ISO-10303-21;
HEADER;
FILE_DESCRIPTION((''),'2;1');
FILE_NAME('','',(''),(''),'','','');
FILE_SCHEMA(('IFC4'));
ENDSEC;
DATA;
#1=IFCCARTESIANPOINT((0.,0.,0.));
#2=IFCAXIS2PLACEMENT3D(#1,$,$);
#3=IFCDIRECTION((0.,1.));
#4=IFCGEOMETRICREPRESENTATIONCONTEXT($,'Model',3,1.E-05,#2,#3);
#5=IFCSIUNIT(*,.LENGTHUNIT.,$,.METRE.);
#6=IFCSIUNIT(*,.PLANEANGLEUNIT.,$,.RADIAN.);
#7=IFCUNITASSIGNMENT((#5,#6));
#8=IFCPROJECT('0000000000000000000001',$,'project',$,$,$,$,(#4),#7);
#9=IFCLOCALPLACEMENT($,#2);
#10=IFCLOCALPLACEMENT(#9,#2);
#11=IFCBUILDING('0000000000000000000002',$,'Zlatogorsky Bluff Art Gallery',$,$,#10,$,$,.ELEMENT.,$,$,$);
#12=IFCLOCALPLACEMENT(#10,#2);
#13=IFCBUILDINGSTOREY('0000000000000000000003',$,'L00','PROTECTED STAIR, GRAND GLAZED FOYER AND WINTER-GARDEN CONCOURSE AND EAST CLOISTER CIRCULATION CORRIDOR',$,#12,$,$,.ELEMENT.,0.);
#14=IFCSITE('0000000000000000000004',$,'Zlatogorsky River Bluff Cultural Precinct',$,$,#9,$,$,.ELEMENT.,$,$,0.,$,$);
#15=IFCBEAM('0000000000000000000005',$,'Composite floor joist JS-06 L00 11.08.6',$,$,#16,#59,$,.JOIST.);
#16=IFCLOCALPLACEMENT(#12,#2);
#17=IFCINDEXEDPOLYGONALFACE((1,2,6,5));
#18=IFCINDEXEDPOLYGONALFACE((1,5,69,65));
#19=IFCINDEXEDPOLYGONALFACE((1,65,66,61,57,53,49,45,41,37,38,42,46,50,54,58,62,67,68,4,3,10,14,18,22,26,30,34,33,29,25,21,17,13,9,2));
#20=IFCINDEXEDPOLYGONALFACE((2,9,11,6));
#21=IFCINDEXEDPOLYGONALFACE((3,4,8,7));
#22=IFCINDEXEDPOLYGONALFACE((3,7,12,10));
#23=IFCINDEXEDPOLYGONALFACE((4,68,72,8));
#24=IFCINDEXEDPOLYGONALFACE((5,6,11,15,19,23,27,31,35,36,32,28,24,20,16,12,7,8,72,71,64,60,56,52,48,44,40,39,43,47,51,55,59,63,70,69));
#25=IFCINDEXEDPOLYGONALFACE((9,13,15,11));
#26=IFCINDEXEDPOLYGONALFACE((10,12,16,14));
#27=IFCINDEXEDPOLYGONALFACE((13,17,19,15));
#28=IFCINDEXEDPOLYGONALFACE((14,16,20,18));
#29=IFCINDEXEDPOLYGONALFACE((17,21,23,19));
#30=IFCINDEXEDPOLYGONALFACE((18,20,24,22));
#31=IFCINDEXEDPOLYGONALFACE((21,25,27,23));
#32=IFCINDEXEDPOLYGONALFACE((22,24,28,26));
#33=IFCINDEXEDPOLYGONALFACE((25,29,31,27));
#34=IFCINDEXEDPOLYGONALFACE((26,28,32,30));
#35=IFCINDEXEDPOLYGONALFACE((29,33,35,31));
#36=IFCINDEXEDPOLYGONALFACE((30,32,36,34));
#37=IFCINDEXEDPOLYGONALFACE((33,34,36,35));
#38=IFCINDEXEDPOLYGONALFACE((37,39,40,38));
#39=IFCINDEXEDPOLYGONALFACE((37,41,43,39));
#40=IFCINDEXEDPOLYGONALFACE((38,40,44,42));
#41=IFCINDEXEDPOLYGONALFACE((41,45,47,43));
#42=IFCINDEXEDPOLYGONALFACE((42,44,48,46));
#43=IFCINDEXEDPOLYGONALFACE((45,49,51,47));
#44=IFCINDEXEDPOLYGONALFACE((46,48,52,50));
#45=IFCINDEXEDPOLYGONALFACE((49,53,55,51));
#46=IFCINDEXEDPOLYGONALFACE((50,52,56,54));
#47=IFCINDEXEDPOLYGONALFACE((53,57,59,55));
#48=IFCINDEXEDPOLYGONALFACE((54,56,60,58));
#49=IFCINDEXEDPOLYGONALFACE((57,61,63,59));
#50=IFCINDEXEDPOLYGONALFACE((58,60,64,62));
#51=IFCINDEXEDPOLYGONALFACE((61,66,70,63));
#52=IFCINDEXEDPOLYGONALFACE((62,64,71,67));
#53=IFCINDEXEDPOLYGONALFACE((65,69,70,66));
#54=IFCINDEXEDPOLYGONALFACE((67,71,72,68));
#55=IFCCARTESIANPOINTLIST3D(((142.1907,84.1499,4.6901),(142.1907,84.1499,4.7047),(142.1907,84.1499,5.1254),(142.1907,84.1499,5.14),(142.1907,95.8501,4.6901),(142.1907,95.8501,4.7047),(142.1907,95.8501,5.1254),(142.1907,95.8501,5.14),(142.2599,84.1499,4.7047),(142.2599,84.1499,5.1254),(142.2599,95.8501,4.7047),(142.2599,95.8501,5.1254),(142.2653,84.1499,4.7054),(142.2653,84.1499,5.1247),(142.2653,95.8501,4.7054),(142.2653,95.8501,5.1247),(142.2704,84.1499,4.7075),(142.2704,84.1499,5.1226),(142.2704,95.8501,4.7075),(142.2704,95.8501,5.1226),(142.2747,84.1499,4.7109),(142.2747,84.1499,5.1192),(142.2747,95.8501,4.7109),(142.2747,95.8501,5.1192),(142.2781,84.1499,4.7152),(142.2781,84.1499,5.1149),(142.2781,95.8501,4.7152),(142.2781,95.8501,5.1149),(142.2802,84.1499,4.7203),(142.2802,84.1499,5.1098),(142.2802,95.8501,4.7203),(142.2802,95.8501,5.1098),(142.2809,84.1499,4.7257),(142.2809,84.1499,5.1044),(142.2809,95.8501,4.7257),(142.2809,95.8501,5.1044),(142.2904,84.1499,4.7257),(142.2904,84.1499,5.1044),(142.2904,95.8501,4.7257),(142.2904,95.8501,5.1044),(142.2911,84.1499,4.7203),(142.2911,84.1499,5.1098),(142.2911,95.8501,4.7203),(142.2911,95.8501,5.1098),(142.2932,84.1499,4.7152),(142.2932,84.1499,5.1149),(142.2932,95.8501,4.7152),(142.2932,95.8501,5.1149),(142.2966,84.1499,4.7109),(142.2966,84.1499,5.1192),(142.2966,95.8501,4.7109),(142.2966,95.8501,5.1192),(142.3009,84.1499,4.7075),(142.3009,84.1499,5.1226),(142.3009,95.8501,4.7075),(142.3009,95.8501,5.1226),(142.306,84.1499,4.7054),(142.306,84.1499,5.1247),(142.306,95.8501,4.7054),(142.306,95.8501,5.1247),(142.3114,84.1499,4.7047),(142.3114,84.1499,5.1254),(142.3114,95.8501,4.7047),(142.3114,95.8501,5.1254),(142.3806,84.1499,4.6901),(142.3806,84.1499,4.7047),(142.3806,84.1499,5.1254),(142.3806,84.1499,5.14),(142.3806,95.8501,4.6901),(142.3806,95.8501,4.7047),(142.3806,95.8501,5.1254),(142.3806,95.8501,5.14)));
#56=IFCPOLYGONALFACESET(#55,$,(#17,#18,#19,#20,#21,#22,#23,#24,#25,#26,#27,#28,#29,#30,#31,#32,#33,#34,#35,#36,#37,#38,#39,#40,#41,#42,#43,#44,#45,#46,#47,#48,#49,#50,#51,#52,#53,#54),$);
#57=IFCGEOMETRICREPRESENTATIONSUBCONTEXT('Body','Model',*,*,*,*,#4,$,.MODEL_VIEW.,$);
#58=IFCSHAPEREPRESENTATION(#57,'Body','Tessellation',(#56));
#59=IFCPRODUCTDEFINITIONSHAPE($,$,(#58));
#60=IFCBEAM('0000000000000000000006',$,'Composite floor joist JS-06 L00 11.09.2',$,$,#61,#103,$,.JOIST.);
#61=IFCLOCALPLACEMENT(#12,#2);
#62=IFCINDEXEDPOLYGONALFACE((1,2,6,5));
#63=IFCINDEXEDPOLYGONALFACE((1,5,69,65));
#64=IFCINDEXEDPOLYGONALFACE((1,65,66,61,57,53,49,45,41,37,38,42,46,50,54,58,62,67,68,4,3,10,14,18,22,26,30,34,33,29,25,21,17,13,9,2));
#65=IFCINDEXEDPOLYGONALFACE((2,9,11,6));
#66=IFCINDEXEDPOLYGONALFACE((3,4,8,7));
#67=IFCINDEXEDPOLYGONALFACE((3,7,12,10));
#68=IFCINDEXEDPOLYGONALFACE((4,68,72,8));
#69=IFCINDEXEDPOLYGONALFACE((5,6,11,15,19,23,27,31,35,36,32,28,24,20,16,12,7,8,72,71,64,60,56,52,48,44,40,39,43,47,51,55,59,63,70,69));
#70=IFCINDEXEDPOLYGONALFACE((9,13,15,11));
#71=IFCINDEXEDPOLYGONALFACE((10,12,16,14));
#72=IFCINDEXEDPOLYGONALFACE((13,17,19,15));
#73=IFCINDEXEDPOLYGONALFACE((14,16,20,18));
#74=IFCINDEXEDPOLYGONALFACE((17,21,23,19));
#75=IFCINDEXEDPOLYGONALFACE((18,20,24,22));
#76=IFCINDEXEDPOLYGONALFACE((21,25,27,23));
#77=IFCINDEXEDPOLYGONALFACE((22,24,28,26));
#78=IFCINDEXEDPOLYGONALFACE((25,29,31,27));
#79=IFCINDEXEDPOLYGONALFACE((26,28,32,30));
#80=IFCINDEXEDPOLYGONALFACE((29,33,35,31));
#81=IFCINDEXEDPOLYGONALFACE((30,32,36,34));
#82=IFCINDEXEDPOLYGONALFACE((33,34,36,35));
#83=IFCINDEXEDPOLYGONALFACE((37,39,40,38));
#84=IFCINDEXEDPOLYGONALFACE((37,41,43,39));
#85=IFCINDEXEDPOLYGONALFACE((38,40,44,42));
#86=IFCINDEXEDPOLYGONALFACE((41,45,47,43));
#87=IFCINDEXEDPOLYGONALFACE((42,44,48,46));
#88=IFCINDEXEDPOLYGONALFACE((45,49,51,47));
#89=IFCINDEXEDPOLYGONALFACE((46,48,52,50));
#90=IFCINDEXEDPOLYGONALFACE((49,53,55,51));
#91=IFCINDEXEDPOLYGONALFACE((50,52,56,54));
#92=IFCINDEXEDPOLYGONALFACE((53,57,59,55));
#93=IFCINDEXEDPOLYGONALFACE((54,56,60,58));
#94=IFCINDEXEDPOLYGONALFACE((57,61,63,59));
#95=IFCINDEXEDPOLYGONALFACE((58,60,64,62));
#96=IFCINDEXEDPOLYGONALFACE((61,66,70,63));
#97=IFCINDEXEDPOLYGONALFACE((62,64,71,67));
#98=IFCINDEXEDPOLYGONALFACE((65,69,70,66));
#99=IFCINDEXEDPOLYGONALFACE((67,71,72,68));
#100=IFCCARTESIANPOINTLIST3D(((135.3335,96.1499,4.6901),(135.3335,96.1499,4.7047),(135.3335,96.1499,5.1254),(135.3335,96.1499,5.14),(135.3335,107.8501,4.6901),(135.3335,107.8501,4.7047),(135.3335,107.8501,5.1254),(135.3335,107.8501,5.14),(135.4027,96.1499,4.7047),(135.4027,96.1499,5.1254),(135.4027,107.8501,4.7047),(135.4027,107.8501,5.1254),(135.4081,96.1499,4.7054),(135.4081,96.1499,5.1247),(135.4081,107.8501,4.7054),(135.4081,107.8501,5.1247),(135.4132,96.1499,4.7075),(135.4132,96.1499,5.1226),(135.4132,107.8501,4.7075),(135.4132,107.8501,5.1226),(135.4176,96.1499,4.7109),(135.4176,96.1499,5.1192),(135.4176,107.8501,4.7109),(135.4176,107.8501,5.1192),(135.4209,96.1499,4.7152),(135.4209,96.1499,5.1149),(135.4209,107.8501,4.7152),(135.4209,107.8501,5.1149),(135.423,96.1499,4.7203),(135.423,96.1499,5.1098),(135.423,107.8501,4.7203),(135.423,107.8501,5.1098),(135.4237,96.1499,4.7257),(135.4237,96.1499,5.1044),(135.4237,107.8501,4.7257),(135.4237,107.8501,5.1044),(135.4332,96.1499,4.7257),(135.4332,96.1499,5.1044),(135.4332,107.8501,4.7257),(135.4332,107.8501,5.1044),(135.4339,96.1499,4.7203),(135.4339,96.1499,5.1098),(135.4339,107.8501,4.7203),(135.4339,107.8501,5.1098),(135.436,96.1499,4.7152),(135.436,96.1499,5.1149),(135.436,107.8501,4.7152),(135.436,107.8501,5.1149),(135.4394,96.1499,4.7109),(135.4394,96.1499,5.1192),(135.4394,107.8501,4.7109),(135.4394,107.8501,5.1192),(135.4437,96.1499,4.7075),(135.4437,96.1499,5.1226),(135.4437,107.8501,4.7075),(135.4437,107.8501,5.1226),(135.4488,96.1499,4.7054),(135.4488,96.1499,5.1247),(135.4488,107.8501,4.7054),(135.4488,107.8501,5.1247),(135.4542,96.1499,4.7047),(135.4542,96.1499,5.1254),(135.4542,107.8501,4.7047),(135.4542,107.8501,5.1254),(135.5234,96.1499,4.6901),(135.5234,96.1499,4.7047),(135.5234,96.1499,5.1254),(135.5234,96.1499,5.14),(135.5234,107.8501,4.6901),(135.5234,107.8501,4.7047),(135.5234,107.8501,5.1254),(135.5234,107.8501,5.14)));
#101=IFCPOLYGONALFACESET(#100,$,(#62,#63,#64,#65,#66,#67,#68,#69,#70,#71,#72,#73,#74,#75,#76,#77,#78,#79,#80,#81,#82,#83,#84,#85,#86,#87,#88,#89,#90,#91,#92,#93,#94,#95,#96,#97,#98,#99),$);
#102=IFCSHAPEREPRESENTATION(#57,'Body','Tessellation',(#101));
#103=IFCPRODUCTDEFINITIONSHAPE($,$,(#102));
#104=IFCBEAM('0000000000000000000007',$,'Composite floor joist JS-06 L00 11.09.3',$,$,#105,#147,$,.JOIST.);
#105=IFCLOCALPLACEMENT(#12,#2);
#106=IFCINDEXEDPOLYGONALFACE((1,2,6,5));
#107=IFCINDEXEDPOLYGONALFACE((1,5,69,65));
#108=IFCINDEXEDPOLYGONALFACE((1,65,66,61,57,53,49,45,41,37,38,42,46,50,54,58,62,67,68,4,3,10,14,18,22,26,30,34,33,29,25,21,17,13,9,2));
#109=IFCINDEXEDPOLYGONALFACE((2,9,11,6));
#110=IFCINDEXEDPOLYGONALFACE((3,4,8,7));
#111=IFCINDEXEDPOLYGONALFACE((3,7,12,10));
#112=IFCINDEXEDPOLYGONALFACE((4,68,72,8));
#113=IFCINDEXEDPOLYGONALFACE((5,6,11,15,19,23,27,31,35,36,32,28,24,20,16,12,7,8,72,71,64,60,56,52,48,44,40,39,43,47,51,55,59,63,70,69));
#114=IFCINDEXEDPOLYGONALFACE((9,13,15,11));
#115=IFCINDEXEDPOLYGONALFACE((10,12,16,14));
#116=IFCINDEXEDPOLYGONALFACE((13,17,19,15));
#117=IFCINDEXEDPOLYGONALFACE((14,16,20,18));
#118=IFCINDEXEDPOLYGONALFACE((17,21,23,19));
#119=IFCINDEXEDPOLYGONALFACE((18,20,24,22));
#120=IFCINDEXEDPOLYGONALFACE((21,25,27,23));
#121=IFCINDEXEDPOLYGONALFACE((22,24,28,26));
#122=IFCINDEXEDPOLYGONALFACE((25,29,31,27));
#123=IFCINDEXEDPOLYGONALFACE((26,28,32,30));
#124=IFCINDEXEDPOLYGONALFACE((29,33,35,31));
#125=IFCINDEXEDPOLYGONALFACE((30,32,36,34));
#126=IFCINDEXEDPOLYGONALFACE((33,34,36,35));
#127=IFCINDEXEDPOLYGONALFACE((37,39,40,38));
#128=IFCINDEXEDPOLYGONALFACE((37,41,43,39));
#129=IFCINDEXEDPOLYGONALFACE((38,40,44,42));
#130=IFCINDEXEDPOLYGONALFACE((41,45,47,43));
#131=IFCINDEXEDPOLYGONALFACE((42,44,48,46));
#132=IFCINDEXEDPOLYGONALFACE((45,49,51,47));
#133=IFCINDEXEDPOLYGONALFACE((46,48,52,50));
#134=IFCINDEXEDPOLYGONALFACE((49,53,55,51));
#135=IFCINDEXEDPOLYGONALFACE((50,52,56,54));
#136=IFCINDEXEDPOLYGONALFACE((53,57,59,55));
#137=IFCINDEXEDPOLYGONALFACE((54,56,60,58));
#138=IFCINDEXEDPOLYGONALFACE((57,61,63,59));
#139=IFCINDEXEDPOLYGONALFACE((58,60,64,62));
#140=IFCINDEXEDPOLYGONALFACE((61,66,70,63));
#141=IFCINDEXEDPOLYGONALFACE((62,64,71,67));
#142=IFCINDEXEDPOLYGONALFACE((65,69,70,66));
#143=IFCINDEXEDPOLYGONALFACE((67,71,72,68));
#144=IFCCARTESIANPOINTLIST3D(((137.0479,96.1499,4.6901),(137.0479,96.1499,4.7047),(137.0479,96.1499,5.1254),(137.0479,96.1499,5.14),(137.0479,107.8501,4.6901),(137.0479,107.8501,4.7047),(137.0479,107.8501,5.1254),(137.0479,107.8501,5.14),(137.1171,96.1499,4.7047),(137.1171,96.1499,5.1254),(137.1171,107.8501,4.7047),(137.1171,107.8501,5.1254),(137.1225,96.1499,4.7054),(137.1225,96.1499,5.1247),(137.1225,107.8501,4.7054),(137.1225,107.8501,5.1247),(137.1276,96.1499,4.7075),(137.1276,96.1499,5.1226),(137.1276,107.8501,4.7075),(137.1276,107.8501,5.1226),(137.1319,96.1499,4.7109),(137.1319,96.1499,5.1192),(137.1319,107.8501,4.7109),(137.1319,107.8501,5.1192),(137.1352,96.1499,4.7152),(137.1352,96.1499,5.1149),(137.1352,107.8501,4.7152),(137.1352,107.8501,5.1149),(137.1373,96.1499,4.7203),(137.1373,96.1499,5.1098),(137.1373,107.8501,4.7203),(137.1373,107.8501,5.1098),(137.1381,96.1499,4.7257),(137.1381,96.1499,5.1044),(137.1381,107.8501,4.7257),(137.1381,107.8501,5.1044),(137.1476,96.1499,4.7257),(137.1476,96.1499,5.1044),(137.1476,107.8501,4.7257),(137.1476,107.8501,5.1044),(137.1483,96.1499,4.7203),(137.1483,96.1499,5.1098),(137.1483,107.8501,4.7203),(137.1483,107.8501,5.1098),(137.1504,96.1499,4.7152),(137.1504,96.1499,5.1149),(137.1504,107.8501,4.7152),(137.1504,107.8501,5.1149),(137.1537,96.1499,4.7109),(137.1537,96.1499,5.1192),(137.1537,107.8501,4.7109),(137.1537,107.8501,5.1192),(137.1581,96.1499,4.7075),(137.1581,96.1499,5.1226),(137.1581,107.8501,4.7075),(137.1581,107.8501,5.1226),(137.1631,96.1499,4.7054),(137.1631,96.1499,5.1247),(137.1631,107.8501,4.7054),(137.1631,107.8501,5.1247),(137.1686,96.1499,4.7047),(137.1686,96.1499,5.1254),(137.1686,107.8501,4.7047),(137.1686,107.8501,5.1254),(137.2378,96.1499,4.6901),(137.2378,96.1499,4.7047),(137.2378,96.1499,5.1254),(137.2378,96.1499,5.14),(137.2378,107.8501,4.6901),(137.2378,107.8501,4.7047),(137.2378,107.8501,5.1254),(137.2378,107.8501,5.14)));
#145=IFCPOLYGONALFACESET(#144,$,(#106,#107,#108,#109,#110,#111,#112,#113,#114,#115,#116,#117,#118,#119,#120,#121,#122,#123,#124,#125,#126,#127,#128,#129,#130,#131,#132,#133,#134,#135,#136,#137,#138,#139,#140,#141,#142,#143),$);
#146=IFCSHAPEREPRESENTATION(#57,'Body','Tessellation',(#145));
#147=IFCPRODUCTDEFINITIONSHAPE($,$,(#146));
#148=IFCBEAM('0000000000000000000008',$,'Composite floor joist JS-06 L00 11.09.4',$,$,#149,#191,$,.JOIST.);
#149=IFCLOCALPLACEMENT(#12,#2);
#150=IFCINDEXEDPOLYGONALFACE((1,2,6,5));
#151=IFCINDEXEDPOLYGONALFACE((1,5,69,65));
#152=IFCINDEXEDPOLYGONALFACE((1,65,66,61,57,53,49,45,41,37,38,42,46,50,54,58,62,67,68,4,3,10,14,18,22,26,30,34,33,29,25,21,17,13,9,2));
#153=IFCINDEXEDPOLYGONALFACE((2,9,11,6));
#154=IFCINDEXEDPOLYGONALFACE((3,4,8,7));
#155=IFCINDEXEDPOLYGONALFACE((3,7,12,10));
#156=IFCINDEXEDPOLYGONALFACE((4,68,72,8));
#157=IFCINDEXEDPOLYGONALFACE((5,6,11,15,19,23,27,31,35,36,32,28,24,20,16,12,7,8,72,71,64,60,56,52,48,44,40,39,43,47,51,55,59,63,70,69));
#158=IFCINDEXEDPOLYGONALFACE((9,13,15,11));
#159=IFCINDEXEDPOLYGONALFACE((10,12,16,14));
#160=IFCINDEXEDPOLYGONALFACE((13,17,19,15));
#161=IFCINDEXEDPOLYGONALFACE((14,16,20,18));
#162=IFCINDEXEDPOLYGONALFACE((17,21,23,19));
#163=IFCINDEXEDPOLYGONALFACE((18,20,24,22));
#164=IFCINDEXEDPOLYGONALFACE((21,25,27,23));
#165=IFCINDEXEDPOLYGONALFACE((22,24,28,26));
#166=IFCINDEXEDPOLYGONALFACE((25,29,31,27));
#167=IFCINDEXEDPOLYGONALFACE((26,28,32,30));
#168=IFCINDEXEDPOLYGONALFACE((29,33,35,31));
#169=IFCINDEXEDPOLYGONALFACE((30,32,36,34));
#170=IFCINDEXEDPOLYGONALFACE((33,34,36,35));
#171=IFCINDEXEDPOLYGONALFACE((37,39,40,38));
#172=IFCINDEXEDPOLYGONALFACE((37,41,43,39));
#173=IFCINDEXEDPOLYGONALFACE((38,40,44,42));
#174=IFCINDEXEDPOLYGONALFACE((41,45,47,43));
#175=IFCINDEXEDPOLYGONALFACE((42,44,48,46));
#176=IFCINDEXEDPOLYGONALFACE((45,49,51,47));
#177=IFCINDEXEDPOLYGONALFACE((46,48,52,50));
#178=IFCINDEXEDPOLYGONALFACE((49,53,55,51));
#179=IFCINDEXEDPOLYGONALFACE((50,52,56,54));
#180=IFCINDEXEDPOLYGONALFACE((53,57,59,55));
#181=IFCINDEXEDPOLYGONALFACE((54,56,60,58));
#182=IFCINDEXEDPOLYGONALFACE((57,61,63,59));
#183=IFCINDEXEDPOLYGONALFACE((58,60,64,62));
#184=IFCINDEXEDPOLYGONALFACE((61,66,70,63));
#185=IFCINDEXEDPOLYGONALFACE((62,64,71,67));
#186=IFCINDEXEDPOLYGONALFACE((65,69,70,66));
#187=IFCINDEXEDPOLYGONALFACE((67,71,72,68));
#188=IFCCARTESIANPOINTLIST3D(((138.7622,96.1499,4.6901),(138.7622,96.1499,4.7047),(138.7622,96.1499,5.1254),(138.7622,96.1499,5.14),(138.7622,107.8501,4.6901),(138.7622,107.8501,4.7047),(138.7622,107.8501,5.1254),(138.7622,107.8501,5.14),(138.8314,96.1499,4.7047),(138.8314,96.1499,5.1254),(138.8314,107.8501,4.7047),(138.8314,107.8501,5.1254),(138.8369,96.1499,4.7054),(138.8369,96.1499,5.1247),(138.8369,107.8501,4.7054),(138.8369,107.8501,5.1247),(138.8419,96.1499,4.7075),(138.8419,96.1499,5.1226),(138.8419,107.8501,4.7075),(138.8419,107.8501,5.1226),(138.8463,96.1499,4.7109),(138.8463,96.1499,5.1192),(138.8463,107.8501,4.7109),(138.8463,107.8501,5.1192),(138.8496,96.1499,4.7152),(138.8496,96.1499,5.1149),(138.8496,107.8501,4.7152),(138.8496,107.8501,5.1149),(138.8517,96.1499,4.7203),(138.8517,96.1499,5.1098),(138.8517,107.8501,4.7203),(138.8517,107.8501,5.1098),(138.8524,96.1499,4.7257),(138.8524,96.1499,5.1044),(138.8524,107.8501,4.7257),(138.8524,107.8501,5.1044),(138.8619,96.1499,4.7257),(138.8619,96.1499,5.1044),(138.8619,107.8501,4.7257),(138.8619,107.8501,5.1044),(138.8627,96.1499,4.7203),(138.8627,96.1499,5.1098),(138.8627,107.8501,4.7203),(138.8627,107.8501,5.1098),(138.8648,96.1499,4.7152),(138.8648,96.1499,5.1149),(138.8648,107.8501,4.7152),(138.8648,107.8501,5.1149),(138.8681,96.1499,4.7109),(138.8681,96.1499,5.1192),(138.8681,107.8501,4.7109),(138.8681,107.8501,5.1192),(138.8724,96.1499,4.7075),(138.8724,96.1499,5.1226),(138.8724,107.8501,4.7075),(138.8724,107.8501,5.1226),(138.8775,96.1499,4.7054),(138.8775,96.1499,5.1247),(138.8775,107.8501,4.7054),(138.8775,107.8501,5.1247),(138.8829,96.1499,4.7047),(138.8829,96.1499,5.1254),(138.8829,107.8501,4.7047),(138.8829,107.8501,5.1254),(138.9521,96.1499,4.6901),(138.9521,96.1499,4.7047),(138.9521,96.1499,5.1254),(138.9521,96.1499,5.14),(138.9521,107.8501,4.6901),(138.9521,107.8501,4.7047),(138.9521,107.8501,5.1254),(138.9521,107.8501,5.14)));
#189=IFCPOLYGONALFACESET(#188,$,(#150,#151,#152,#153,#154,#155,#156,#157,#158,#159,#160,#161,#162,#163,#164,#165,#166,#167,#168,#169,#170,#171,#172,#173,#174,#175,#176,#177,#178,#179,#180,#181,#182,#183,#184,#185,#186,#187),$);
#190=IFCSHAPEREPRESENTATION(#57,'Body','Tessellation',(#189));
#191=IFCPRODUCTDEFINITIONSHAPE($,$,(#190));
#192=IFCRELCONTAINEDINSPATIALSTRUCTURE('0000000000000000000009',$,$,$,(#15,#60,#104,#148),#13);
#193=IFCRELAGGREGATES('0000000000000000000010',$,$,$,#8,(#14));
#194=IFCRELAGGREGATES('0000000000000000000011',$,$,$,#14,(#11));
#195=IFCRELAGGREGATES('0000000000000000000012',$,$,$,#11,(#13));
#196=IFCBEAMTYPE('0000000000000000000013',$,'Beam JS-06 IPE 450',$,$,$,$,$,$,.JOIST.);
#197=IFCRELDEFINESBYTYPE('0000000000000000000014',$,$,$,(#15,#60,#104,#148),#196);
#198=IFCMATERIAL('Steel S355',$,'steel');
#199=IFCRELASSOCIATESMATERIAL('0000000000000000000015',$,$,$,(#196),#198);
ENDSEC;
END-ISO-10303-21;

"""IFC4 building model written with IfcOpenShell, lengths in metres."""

from ifc_helpers import new_model, si_unit, direction, frame, origin, origin_2d, place, context, subcontext, project, spatial, i_section, extrude, material, material_profile, profile_set, type_object, element, save


model = new_model("IFC4")

# Units and contexts
model_context = context("Model", 3, precision=1e-05, world=origin(), true_north=direction((0.0, 1.0)))
body_context = subcontext(model_context, "Body", "Model", "MODEL_VIEW")
ifc_project = project(units=[si_unit("LENGTHUNIT", "METRE"), si_unit("PLANEANGLEUNIT", "RADIAN")], contexts=[model_context])

# Site, building, storey
site_placement = place(None, origin())
site = spatial("IfcSite", under=ifc_project, at=site_placement, Name="Zlatogorsky River Bluff Cultural Precinct", CompositionType="ELEMENT", RefElevation=0.0)
building_placement = place(site_placement, origin())
building = spatial("IfcBuilding", under=site, at=building_placement, Name="Zlatogorsky Bluff Art Gallery", CompositionType="ELEMENT")
storey_placement = place(building_placement, origin())
storey = spatial("IfcBuildingStorey", under=building, at=storey_placement, Name="L00", Description="PROTECTED STAIR, GRAND GLAZED FOYER AND WINTER-GARDEN CONCOURSE AND EAST CLOISTER CIRCULATION CORRIDOR", CompositionType="ELEMENT", Elevation=0.0)

# Beams
ifc_material_1 = material(Name="Steel S355", Category="steel")
ifc_material_profile_1 = material_profile(ifc_material_1, i_section(OverallWidth=0.1899, OverallDepth=0.45, WebThickness=0.0095, FlangeThickness=0.0146, FilletRadius=0.021, at=origin_2d()), Name="IPE 450")
ifc_profile_set_1 = profile_set([ifc_material_profile_1], Name="Steel S355")
beam_type = type_object("IfcBeamType", Name="Beam JS-06 IPE 450", PredefinedType="JOIST", material=ifc_profile_set_1)
for number, where, z_axis, x_axis, name in (
    (1, (142.2856, 84.1499, 4.915), (0.0, 1.0, 0.0), (-1.0, 0.0, 0.0), "Composite floor joist JS-06 L00 11.08.6"),
    (2, (135.4285, 96.1499, 4.915), (0.0, 1.0, 0.0), (-1.0, 0.0, 0.0), "Composite floor joist JS-06 L00 11.09.2"),
    (3, (137.1428, 96.1499, 4.915), (0.0, 1.0, 0.0), (-1.0, 0.0, 0.0), "Composite floor joist JS-06 L00 11.09.3"),
    (4, (138.8572, 96.1499, 4.915), (0.0, 1.0, 0.0), (-1.0, 0.0, 0.0), "Composite floor joist JS-06 L00 11.09.4"),
):
    element("IfcBeam", number, at=place(storey_placement, frame(where, z_axis=z_axis, x_axis=x_axis)), inside=storey, type_object=beam_type, Name=name, PredefinedType="JOIST", context=body_context, shape_type="SweptSolid", body=[
        extrude(i_section(OverallWidth=0.1899, OverallDepth=0.45, WebThickness=0.0095, FlangeThickness=0.0146, FilletRadius=0.021, at=origin_2d()), origin(), (0.0, 0.0, 1.0), 11.7002),
    ])

save(model, "model.ifc")
